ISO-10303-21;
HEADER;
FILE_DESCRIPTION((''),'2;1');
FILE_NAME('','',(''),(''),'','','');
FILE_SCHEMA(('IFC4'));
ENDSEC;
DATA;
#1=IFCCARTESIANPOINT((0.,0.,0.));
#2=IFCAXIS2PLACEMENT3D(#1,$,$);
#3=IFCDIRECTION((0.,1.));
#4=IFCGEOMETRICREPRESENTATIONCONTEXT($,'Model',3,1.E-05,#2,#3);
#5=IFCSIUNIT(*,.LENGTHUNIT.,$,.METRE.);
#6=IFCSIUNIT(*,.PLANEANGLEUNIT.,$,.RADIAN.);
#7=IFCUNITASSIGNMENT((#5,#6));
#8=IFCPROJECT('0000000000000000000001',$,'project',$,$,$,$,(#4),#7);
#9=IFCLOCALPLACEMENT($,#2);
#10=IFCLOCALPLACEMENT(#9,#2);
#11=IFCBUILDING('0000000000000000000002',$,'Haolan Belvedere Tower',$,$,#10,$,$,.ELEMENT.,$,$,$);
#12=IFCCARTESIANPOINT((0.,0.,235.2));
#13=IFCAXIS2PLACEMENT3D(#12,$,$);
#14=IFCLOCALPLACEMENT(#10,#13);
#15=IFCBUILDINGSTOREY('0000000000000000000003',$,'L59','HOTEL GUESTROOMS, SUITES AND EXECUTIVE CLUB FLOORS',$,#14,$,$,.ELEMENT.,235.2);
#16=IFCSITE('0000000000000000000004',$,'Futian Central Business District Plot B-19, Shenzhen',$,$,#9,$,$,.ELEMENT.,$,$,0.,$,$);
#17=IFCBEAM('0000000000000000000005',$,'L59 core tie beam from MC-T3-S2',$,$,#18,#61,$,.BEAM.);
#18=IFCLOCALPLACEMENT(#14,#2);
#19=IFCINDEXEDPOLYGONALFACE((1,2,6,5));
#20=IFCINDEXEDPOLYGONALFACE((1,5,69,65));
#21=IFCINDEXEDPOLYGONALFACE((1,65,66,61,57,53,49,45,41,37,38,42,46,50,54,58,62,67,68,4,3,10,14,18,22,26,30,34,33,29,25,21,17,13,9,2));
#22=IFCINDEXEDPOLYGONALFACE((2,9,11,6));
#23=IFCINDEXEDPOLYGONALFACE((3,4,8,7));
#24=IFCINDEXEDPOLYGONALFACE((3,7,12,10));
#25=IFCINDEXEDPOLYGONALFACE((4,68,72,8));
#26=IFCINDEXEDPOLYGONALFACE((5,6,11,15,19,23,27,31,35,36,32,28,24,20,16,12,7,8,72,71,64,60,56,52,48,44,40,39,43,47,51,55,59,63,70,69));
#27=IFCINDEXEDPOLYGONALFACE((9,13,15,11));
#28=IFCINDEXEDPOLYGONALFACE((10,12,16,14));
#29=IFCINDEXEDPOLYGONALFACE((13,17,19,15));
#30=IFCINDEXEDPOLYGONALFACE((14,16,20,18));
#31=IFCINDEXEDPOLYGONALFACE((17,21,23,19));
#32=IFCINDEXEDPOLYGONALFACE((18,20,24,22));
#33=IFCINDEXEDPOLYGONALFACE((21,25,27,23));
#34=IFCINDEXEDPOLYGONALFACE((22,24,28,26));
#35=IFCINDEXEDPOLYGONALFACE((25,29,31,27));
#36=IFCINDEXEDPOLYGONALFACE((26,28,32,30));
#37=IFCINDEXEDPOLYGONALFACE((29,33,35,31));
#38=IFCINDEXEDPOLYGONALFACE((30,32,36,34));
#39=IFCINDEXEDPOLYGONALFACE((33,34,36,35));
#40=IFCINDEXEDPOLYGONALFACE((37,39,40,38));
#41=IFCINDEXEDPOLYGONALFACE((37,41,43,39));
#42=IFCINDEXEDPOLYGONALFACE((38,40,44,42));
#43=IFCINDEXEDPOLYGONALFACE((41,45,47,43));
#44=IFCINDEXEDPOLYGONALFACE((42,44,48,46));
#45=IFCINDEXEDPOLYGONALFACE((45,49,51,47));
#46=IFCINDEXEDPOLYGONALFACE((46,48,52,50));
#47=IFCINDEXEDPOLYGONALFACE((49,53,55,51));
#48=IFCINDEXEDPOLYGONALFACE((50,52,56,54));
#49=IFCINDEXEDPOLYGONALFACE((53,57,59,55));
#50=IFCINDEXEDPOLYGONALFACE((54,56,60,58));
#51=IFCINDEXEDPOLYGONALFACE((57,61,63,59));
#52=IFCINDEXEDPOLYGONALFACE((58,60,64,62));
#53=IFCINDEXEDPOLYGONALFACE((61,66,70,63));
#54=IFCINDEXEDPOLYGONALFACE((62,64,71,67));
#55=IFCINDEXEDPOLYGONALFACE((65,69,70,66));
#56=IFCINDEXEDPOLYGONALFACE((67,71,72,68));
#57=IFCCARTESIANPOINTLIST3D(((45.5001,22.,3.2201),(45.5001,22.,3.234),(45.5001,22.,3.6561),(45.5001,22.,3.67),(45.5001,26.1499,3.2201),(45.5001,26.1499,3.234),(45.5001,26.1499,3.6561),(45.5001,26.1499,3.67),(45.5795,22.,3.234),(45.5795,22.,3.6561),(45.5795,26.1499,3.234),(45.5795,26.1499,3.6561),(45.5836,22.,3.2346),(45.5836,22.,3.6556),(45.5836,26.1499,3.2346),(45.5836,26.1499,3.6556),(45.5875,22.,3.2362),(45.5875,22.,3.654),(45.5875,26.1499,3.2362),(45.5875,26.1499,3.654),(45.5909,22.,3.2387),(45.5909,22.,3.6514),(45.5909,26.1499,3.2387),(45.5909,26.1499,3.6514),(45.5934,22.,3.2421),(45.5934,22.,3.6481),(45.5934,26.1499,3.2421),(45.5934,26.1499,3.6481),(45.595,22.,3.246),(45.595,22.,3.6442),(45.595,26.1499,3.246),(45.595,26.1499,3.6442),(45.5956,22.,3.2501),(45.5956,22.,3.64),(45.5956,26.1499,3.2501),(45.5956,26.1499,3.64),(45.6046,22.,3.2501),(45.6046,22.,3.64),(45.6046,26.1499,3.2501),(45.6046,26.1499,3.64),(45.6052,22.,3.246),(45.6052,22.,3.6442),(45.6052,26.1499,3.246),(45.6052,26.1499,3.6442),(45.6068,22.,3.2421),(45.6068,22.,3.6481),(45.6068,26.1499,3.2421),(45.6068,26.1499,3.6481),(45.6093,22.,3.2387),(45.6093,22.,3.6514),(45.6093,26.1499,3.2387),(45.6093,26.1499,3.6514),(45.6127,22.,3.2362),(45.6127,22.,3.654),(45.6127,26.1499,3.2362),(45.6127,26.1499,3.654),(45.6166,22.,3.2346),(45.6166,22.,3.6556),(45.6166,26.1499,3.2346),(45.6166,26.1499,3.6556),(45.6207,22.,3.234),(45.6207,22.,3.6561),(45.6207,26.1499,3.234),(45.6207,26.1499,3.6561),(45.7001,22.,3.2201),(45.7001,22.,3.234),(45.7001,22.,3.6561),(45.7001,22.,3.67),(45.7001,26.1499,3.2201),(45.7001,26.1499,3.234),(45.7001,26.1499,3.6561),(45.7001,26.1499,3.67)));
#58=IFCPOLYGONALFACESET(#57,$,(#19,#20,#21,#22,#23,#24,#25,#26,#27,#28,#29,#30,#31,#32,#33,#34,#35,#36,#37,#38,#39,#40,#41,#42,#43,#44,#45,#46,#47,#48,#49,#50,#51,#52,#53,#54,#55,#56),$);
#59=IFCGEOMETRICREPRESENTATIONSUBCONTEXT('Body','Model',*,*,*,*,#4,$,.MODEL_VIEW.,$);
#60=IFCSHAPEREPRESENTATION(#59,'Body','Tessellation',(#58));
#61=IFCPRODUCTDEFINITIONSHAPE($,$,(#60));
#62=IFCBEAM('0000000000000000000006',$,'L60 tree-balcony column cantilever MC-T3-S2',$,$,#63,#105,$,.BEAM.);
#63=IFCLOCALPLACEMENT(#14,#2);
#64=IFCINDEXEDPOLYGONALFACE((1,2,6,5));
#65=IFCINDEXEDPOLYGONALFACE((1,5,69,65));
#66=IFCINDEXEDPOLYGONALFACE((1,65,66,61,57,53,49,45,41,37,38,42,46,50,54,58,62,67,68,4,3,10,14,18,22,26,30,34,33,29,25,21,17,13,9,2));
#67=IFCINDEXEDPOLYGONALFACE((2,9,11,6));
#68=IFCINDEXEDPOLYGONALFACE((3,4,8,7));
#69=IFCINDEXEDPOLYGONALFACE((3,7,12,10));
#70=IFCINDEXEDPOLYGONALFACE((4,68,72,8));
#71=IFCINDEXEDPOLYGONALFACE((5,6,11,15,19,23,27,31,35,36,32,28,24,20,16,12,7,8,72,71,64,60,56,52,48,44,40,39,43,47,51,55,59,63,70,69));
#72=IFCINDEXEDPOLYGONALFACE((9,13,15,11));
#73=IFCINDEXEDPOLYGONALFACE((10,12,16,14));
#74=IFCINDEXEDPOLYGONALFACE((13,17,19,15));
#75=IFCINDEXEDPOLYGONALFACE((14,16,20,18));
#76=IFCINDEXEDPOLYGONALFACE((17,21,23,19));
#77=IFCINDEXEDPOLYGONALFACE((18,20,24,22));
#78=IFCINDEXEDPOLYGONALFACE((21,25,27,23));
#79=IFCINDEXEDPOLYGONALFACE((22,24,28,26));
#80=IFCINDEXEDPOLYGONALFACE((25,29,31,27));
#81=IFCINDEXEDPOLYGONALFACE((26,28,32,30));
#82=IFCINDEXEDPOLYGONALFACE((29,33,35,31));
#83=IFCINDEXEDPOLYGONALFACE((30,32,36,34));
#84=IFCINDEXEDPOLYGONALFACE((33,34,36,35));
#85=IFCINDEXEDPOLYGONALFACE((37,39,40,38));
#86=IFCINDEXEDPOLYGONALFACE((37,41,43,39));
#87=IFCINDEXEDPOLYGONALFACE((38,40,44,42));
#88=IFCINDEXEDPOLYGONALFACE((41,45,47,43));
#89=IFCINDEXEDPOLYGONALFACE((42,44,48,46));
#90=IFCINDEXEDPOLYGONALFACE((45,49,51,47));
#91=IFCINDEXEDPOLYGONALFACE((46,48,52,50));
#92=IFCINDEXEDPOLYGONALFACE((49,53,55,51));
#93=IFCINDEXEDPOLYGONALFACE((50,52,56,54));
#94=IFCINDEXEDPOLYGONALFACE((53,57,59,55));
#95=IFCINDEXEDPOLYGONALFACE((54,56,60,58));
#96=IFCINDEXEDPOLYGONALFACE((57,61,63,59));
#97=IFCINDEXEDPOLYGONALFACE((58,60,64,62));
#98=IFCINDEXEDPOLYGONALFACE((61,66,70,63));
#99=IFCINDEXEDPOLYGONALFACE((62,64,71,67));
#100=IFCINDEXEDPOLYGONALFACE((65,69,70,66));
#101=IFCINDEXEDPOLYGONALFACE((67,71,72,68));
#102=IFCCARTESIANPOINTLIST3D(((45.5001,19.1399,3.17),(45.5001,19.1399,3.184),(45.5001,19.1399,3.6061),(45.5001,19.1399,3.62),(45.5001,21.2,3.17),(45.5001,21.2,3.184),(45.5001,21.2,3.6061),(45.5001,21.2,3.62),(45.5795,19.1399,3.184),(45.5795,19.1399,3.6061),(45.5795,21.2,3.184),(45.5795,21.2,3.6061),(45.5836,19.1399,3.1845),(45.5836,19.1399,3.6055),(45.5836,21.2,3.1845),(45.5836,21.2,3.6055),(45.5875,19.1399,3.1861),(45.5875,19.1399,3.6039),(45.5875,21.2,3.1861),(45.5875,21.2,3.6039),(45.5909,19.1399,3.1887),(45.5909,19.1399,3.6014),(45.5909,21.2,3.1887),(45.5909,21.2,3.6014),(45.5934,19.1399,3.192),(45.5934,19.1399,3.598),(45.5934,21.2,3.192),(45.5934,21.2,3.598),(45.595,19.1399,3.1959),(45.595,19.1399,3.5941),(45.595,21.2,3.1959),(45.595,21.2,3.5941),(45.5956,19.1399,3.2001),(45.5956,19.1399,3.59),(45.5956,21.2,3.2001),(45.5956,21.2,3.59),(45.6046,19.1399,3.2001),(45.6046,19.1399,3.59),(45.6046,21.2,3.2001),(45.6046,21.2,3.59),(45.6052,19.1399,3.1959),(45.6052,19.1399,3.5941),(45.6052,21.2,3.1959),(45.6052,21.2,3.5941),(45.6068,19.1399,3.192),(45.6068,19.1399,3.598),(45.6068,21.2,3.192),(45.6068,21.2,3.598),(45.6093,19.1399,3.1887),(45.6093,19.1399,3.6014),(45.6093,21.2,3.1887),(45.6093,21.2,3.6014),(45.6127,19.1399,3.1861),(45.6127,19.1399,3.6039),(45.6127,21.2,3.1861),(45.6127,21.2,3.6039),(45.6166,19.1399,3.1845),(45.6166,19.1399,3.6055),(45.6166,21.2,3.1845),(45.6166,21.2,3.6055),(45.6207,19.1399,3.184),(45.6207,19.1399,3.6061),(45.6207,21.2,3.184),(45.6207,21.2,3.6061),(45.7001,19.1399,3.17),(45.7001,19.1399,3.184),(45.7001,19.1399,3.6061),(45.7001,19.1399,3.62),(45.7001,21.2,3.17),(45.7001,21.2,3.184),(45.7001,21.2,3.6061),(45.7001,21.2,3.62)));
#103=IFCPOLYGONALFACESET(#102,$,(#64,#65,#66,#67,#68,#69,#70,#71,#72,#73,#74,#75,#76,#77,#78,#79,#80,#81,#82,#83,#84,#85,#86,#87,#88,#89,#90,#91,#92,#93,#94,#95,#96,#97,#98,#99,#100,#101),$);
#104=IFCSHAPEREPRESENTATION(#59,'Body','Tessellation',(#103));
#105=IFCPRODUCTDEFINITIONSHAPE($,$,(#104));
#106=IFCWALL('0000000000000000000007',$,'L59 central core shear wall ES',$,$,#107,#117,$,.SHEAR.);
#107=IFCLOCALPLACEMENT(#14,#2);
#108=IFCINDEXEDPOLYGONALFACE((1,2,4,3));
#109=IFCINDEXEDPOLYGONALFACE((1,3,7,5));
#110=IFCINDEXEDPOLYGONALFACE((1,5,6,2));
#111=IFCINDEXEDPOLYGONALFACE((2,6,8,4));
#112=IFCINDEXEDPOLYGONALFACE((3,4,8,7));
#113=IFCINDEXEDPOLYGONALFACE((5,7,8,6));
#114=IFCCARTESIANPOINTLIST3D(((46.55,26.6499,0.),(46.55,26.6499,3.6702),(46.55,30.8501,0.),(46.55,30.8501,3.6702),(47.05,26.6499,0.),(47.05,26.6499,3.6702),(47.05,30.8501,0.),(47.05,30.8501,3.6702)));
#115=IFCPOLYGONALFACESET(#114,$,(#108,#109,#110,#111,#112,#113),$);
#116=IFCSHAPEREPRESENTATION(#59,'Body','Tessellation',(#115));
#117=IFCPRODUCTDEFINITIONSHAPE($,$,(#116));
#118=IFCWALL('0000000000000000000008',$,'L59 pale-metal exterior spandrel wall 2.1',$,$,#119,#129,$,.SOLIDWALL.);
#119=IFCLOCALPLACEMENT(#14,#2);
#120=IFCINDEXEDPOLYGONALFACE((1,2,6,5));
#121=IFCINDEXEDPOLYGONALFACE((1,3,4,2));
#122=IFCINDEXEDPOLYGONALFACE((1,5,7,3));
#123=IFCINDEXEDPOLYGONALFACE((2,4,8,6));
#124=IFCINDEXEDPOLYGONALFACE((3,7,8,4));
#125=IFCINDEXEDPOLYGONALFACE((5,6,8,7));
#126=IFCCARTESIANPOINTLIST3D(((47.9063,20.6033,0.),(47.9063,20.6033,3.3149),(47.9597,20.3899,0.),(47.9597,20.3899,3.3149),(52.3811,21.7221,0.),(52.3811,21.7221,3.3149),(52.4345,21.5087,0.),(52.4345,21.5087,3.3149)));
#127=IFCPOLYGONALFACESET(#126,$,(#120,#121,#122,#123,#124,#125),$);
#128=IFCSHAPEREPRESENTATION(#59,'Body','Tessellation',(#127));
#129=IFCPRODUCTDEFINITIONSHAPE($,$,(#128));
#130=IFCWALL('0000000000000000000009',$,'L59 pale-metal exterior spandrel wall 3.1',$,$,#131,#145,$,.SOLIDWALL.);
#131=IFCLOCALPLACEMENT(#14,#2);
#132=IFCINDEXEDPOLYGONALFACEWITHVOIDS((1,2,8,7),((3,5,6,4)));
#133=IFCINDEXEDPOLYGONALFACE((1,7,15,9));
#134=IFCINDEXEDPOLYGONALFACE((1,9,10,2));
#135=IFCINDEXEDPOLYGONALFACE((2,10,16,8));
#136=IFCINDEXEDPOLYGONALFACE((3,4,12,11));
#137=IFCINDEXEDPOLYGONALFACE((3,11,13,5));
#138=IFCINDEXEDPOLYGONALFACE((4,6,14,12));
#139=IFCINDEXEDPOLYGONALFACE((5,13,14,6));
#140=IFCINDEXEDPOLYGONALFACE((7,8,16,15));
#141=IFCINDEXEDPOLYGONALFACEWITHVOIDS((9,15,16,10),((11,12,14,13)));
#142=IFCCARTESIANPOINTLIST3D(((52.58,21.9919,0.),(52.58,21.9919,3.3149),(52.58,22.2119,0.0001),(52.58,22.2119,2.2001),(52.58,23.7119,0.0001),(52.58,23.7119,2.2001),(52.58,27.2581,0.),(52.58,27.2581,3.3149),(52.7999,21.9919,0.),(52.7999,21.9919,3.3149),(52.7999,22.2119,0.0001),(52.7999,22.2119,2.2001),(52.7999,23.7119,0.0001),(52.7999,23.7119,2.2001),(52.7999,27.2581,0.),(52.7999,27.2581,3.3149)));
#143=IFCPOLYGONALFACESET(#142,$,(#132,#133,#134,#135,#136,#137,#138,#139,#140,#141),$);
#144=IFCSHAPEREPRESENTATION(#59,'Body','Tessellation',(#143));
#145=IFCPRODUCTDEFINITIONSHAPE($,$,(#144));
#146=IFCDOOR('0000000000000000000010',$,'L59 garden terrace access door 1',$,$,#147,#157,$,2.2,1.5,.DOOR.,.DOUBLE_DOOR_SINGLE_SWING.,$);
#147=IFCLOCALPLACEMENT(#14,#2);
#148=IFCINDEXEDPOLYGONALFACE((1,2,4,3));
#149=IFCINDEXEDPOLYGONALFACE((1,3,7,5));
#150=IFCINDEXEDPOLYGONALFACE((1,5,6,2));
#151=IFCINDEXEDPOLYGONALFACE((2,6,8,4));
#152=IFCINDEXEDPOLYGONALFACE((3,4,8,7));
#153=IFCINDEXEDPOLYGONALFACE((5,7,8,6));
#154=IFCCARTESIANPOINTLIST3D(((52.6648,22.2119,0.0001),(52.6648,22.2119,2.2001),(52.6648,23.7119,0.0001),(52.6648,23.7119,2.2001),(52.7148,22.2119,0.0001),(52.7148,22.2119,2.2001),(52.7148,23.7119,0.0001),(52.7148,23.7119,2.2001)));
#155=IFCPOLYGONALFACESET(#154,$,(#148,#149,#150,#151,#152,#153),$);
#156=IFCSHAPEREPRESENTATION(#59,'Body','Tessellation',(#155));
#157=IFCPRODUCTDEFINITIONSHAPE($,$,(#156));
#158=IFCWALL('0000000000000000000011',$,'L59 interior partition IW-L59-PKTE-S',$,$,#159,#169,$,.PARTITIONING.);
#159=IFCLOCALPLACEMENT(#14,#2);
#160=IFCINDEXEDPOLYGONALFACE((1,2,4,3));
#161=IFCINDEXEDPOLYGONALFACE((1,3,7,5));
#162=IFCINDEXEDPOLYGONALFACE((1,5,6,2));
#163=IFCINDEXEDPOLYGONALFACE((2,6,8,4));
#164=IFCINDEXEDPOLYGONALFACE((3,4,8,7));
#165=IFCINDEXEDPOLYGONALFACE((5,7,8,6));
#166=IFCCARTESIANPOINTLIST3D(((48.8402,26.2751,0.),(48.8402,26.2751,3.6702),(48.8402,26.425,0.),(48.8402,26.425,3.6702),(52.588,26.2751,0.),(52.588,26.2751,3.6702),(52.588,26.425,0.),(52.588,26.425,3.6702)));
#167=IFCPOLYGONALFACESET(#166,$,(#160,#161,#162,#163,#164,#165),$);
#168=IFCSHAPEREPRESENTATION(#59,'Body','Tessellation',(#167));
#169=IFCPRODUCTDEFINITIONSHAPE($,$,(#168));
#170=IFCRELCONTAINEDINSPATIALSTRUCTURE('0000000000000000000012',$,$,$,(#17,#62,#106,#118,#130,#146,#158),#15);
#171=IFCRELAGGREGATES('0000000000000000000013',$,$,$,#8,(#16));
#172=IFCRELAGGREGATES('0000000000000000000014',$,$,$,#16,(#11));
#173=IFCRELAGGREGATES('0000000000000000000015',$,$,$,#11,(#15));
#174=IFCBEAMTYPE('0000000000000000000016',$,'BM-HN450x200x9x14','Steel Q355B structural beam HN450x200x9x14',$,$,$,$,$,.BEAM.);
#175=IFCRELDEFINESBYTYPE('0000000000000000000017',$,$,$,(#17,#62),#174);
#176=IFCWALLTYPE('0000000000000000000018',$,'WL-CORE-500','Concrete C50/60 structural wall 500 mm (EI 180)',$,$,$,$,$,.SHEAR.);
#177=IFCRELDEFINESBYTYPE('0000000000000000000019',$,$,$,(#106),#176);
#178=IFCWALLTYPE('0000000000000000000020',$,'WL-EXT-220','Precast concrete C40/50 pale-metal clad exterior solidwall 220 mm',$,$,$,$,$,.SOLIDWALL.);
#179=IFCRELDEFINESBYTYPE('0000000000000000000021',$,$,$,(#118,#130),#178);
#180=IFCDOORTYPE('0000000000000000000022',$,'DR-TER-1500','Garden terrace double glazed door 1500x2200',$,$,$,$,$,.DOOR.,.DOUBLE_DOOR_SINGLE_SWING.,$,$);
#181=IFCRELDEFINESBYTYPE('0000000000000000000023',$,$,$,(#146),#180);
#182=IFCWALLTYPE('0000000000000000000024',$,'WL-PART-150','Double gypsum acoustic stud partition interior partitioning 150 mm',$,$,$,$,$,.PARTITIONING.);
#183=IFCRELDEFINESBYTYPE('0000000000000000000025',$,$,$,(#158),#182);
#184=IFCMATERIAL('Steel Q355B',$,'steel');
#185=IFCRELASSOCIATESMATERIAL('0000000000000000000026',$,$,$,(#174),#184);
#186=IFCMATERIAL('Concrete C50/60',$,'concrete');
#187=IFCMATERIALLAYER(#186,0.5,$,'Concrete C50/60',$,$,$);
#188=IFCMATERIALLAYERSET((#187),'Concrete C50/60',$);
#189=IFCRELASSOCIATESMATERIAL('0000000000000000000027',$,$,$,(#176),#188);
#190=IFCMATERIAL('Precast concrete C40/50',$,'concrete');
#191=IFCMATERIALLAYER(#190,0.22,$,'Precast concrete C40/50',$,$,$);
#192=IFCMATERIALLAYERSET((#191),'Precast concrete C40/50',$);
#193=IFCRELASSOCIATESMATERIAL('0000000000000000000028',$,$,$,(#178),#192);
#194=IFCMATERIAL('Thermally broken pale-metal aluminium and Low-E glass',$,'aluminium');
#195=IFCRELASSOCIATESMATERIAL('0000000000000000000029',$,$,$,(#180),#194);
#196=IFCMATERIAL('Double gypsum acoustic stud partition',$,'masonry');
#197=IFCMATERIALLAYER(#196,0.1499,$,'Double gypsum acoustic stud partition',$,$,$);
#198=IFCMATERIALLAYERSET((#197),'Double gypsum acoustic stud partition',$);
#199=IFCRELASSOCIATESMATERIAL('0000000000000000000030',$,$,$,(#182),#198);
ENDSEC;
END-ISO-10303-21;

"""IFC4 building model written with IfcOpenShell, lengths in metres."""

from ifc_helpers import new_model, si_unit, direction, frame, frame_2d, origin, origin_2d, place, context, subcontext, project, spatial, rectangle, i_section, extrude, material, layer, layer_set, material_profile, profile_set, type_object, element, fill, save


model = new_model("IFC4")

# Units and contexts
model_context = context("Model", 3, precision=1e-05, world=origin(), true_north=direction((0.0, 1.0)))
body_context = subcontext(model_context, "Body", "Model", "MODEL_VIEW")
ifc_project = project(units=[si_unit("LENGTHUNIT", "METRE"), si_unit("PLANEANGLEUNIT", "RADIAN")], contexts=[model_context])

# Site, building, storey
site_placement = place(None, origin())
site = spatial("IfcSite", under=ifc_project, at=site_placement, Name="Futian Central Business District Plot B-19, Shenzhen", CompositionType="ELEMENT", RefElevation=0.0)
building_placement = place(site_placement, origin())
building = spatial("IfcBuilding", under=site, at=building_placement, Name="Haolan Belvedere Tower", CompositionType="ELEMENT")
storey_placement = place(building_placement, frame((0.0, 0.0, 235.2)))
storey = spatial("IfcBuildingStorey", under=building, at=storey_placement, Name="L59", Description="HOTEL GUESTROOMS, SUITES AND EXECUTIVE CLUB FLOORS", CompositionType="ELEMENT", Elevation=235.2)

# Beams
ifc_material_1 = material(Name="Steel Q355B", Category="steel")
ifc_material_profile_1 = material_profile(ifc_material_1, i_section(OverallWidth=0.2, OverallDepth=0.45, WebThickness=0.009, FlangeThickness=0.0139, FilletRadius=0.0161, at=origin_2d()), Name="Steel Q355B")
ifc_profile_set_1 = profile_set([ifc_material_profile_1], Name="Steel Q355B")
beam_type_1 = type_object("IfcBeamType", Name="BM-HN450x200x9x14", Description="Steel Q355B structural beam HN450x200x9x14", PredefinedType="BEAM", material=ifc_profile_set_1)
beam_1_placement = place(storey_placement, frame((45.6001, 22.0, 3.4451), z_axis=(0.0, 1.0, 0.0), x_axis=(-1.0, 0.0, 0.0)))
element("IfcBeam", 1, at=beam_1_placement, inside=storey, type_object=beam_type_1, Name="L59 core tie beam from MC-T3-S2", PredefinedType="BEAM", context=body_context, shape_type="SweptSolid", body=[
    extrude(i_section(OverallWidth=0.2, OverallDepth=0.45, WebThickness=0.009, FlangeThickness=0.0139, FilletRadius=0.0161, at=origin_2d()), origin(), (0.0, 0.0, 1.0), 4.1499),
])
beam_2_placement = place(storey_placement, frame((45.6001, 21.2, 3.395), z_axis=(0.0, -1.0, 0.0), x_axis=(1.0, 0.0, 0.0)))
element("IfcBeam", 2, at=beam_2_placement, inside=storey, type_object=beam_type_1, Name="L60 tree-balcony column cantilever MC-T3-S2", PredefinedType="BEAM", context=body_context, shape_type="SweptSolid", body=[
    extrude(i_section(OverallWidth=0.2, OverallDepth=0.45, WebThickness=0.009, FlangeThickness=0.0139, FilletRadius=0.0161, at=origin_2d()), origin(), (0.0, 0.0, 1.0), 2.0601),
])

# Walls
ifc_material_2 = material(Name="Concrete C50/60", Category="concrete")
ifc_layer_1 = layer(ifc_material_2, 0.5, Name="Concrete C50/60")
ifc_layer_set_1 = layer_set([ifc_layer_1], Name="Concrete C50/60")
wall_type_1 = type_object("IfcWallType", Name="WL-CORE-500", Description="Concrete C50/60 structural wall 500 mm (EI 180)", PredefinedType="SHEAR", material=ifc_layer_set_1)
wall_1_placement = place(storey_placement, frame((46.8, 26.6499, 0.0), z_axis=(0.0, 0.0, 1.0), x_axis=(0.0, 1.0, 0.0)))
element("IfcWall", 3, at=wall_1_placement, inside=storey, type_object=wall_type_1, Name="L59 central core shear wall ES", PredefinedType="SHEAR", context=body_context, shape_type="SweptSolid", body=[
    extrude(rectangle(XDim=4.2002, YDim=0.5, at=frame_2d((2.1001, 0.0))), origin(), (0.0, 0.0, 1.0), 3.6702),
])
ifc_material_3 = material(Name="Precast concrete C40/50", Category="concrete")
ifc_layer_2 = layer(ifc_material_3, 0.22, Name="Precast concrete C40/50")
ifc_layer_set_2 = layer_set([ifc_layer_2], Name="Precast concrete C40/50")
wall_type_2 = type_object("IfcWallType", Name="WL-EXT-220", Description="Precast concrete C40/50 pale-metal clad exterior solidwall 220 mm", PredefinedType="SOLIDWALL", material=ifc_layer_set_2)
wall_2_placement = place(storey_placement, frame((47.9331, 20.4966, 0.0), z_axis=(0.0, 0.0, 1.0), x_axis=(0.970133, 0.242573, 0.0)))
element("IfcWall", 4, at=wall_2_placement, inside=storey, type_object=wall_type_2, Name="L59 pale-metal exterior spandrel wall 2.1", PredefinedType="SOLIDWALL", context=body_context, shape_type="SweptSolid", body=[
    extrude(rectangle(XDim=4.6125, YDim=0.22, at=frame_2d((2.3062, 0.0))), origin(), (0.0, 0.0, 1.0), 3.3149),
])

# Wall, opening, door
wall_3_placement = place(storey_placement, frame((52.6899, 21.9919, 0.0), z_axis=(0.0, 0.0, 1.0), x_axis=(0.0, 1.0, 0.0)))
wall_3 = element("IfcWall", 5, at=wall_3_placement, inside=storey, type_object=wall_type_2, Name="L59 pale-metal exterior spandrel wall 3.1", PredefinedType="SOLIDWALL", context=body_context, shape_type="SweptSolid", body=[
    extrude(rectangle(XDim=5.2661, YDim=0.22, at=frame_2d((2.6331, 0.0))), origin(), (0.0, 0.0, 1.0), 3.3149),
])
opening_1_placement = place(wall_3_placement, frame((1.72, 0.0, 0.0), z_axis=(0.0, 0.0, 1.0), x_axis=(-1.0, 0.0, 0.0)))
opening_1 = element("IfcOpeningElement", 6, at=opening_1_placement, cuts=wall_3, PredefinedType="OPENING", context=body_context, shape_type="SweptSolid", body=[
    extrude(rectangle(XDim=1.5, YDim=2.2, at=frame_2d((0.75, 1.1001))), frame((0.0, 0.1199, 0.0), z_axis=(0.0, -1.0, 0.0), x_axis=(1.0, 0.0, 0.0)), (0.0, 0.0, 1.0), 0.24),
])
ifc_material_4 = material(Name="Thermally broken pale-metal aluminium and Low-E glass", Category="aluminium")
door_type_1 = type_object("IfcDoorType", Name="DR-TER-1500", Description="Garden terrace double glazed door 1500x2200", OperationType="DOUBLE_DOOR_SINGLE_SWING", PredefinedType="DOOR", material=ifc_material_4)
door_1_placement = place(opening_1_placement, origin())
door_1 = element("IfcDoor", 7, at=door_1_placement, inside=storey, type_object=door_type_1, Name="L59 garden terrace access door 1", OperationType="DOUBLE_DOOR_SINGLE_SWING", OverallHeight=2.2, OverallWidth=1.5, PredefinedType="DOOR", context=body_context, shape_type="SweptSolid", body=[
    extrude(rectangle(XDim=1.5, YDim=2.2, at=frame_2d((0.75, 1.1001))), frame((0.0, 0.0249, 0.0), z_axis=(0.0, -1.0, 0.0), x_axis=(1.0, 0.0, 0.0)), (0.0, 0.0, 1.0), 0.05),
])
fill(opening_1, door_1)

# Wall
ifc_material_5 = material(Name="Double gypsum acoustic stud partition", Category="masonry")
ifc_layer_3 = layer(ifc_material_5, 0.1499, Name="Double gypsum acoustic stud partition")
ifc_layer_set_3 = layer_set([ifc_layer_3], Name="Double gypsum acoustic stud partition")
wall_type_3 = type_object("IfcWallType", Name="WL-PART-150", Description="Double gypsum acoustic stud partition interior partitioning 150 mm", PredefinedType="PARTITIONING", material=ifc_layer_set_3)
wall_4_placement = place(storey_placement, frame((48.8401, 26.3501, 0.0), z_axis=(0.0, 0.0, 1.0), x_axis=(1.0, 0.0, 0.0)))
element("IfcWall", 8, at=wall_4_placement, inside=storey, type_object=wall_type_3, Name="L59 interior partition IW-L59-PKTE-S", PredefinedType="PARTITIONING", context=body_context, shape_type="SweptSolid", body=[
    extrude(rectangle(XDim=3.7478, YDim=0.1499, at=frame_2d((1.874, 0.0))), origin(), (0.0, 0.0, 1.0), 3.6702),
])

save(model, "model.ifc")
